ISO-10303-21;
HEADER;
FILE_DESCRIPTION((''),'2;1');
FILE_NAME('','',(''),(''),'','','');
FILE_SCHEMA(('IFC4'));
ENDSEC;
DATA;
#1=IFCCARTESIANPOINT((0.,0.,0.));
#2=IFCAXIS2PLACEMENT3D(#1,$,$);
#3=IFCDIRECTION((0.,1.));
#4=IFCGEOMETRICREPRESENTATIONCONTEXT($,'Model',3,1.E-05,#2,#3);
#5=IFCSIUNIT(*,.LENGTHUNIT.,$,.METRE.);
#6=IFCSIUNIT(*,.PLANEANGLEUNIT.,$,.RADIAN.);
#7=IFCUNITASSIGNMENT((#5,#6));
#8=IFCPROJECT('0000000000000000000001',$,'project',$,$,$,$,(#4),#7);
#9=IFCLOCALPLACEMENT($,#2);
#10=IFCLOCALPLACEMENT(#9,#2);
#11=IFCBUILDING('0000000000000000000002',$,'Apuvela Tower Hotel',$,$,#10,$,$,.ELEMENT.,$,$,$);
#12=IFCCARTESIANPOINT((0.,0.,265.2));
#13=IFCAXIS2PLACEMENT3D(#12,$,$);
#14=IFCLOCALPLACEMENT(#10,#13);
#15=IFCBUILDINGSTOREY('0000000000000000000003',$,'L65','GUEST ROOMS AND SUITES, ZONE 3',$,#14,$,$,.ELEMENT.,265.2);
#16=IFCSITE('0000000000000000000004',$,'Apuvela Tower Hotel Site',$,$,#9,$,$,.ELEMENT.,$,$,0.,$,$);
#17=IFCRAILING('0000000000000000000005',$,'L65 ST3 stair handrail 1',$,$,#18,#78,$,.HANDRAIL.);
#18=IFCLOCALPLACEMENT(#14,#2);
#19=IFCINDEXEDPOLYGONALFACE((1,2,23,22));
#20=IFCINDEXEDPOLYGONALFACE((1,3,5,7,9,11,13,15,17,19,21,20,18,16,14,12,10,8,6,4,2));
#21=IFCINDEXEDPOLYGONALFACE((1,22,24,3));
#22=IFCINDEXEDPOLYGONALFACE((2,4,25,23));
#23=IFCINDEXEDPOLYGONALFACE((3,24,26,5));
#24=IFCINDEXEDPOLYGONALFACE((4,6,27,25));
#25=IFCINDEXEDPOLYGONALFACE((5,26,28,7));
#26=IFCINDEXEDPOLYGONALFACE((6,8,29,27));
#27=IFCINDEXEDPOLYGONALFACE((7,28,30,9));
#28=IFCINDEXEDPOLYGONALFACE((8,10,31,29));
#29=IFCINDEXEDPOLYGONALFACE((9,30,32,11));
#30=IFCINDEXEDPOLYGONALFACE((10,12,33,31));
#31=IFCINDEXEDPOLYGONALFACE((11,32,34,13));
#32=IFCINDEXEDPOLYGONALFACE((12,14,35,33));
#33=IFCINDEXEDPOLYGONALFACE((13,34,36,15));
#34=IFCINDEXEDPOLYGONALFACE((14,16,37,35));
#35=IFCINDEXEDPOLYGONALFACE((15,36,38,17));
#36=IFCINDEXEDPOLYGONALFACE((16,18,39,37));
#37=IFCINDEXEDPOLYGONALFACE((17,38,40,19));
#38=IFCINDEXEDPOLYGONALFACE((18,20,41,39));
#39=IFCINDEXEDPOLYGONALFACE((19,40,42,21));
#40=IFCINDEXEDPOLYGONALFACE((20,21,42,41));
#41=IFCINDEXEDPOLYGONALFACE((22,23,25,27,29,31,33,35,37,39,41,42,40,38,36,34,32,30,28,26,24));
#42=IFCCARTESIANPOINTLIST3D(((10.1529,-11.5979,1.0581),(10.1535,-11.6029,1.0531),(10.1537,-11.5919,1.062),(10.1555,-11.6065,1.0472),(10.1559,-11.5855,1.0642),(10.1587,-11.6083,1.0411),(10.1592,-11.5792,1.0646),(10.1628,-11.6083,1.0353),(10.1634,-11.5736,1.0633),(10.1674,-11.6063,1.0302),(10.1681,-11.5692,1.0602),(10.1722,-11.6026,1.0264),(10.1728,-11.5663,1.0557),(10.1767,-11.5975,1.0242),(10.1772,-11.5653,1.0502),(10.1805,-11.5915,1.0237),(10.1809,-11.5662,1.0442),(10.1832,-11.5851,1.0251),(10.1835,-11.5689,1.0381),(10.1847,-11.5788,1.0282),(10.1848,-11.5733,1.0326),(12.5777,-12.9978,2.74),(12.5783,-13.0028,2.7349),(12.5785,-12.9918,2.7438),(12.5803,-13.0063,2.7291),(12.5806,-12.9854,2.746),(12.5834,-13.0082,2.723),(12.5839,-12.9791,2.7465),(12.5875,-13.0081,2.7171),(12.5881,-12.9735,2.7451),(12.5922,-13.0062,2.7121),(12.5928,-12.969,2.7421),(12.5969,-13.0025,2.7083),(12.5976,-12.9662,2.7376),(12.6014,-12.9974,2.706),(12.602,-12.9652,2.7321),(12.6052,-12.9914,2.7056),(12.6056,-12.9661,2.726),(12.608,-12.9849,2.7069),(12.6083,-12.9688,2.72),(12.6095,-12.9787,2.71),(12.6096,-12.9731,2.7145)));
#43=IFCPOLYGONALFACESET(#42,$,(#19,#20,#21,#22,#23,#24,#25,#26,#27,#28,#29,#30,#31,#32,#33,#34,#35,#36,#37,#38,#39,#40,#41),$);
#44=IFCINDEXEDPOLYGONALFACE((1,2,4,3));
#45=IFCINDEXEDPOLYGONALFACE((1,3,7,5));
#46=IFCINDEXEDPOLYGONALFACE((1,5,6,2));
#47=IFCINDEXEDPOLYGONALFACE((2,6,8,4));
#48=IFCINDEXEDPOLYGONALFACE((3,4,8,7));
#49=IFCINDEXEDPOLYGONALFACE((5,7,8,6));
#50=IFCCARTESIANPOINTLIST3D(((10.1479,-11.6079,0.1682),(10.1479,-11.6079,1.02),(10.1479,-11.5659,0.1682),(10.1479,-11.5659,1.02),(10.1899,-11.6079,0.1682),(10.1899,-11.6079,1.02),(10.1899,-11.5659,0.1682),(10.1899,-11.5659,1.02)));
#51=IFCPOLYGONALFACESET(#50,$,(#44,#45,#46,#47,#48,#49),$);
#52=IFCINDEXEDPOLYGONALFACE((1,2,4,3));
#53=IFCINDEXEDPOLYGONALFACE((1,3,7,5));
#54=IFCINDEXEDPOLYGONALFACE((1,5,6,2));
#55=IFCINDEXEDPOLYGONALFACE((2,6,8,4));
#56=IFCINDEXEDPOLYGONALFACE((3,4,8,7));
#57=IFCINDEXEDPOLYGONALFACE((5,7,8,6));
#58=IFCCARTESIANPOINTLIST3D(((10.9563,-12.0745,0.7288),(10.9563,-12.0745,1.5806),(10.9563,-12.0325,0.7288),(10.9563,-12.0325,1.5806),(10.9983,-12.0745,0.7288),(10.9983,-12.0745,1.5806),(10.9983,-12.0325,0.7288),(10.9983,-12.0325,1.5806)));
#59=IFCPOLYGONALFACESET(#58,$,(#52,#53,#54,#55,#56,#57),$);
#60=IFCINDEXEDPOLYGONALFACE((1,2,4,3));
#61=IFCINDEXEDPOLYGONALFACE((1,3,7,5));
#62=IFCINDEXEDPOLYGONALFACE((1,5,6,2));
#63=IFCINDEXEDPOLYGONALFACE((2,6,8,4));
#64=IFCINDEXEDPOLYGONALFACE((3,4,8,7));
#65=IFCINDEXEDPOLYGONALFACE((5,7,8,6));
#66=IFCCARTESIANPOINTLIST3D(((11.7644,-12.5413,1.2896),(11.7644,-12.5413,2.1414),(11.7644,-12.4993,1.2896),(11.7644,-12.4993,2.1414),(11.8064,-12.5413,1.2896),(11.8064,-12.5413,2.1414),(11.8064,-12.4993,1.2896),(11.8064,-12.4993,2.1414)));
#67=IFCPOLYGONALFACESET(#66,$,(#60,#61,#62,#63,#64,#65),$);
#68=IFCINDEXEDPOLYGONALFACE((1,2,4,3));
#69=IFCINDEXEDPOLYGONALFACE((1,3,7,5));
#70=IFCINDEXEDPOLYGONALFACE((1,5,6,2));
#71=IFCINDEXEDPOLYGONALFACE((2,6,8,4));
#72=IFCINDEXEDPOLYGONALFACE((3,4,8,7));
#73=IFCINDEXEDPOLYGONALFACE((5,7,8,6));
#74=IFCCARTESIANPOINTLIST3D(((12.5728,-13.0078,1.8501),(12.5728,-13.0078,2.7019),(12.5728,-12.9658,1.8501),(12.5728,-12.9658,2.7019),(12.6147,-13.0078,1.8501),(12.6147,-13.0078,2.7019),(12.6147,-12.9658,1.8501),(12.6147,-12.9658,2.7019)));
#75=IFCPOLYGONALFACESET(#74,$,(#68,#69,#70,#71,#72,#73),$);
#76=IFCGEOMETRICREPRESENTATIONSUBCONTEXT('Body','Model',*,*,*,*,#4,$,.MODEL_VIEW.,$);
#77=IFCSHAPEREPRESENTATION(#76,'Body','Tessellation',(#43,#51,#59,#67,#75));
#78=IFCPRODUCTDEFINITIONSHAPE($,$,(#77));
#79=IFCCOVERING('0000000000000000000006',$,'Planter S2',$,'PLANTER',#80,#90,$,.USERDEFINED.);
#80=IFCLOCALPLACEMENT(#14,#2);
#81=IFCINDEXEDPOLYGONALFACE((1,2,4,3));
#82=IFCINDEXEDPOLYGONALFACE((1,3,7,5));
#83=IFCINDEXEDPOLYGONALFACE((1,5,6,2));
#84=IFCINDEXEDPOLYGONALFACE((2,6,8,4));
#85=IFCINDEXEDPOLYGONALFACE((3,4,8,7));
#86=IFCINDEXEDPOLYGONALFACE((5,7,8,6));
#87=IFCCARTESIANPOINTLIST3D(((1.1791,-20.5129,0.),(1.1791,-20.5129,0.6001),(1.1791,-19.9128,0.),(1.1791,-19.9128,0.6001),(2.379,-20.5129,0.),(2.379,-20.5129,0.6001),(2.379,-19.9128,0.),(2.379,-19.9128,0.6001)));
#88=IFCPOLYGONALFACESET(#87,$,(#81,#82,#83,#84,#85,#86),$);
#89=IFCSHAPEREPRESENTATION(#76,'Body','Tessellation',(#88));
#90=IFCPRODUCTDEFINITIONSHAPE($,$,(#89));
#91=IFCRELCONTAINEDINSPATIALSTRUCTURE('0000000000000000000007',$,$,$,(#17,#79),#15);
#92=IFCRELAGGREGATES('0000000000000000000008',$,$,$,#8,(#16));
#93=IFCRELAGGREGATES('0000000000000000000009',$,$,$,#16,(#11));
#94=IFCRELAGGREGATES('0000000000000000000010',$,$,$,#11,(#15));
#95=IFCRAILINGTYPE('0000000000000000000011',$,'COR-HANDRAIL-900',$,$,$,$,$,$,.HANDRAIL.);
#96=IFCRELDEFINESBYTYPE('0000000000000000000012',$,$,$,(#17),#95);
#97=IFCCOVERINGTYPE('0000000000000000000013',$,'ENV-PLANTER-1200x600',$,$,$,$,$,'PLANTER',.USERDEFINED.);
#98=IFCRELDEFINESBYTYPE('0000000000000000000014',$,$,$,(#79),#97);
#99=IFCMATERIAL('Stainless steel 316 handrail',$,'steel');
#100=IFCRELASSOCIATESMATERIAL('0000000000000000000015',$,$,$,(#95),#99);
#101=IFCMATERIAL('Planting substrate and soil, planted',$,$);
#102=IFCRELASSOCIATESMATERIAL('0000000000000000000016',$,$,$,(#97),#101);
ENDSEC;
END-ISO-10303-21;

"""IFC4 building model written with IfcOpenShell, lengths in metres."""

from ifc_helpers import new_model, si_unit, direction, frame, origin, origin_2d, place, context, subcontext, project, spatial, rectangle, circle, extrude, material, type_object, element, save


model = new_model("IFC4")

# Units and contexts
model_context = context("Model", 3, precision=1e-05, world=origin(), true_north=direction((0.0, 1.0)))
body_context = subcontext(model_context, "Body", "Model", "MODEL_VIEW")
ifc_project = project(units=[si_unit("LENGTHUNIT", "METRE"), si_unit("PLANEANGLEUNIT", "RADIAN")], contexts=[model_context])

# Site, building, storey
site_placement = place(None, origin())
site = spatial("IfcSite", under=ifc_project, at=site_placement, Name="Apuvela Tower Hotel Site", CompositionType="ELEMENT", RefElevation=0.0)
building_placement = place(site_placement, origin())
building = spatial("IfcBuilding", under=site, at=building_placement, Name="Apuvela Tower Hotel", CompositionType="ELEMENT")
storey_placement = place(building_placement, frame((0.0, 0.0, 265.2)))
storey = spatial("IfcBuildingStorey", under=building, at=storey_placement, Name="L65", Description="GUEST ROOMS AND SUITES, ZONE 3", CompositionType="ELEMENT", Elevation=265.2)

# Railing
ifc_material_1 = material(Name="Stainless steel 316 handrail", Category="steel")
railing_type_1 = type_object("IfcRailingType", Name="COR-HANDRAIL-900", PredefinedType="HANDRAIL", material=ifc_material_1)
railing_1_placement = place(storey_placement, frame((10.1689, -11.5869, 0.1682)))
element("IfcRailing", 1, at=railing_1_placement, inside=storey, type_object=railing_type_1, Name="L65 ST3 stair handrail 1", PredefinedType="HANDRAIL", context=body_context, shape_type="SweptSolid", body=[
    extrude(circle(Radius=0.0239, at=origin_2d()), frame((0.0, 0.0, 0.876), z_axis=(0.74239, -0.428601, 0.514934), x_axis=(0.499984, 0.866035, 0.0)), (0.0, 0.0, 1.0), 3.2661),
    extrude(rectangle(XDim=0.042, YDim=0.042, at=origin_2d()), origin(), (0.0, 0.0, 1.0), 0.8518),
    extrude(rectangle(XDim=0.042, YDim=0.042, at=origin_2d()), frame((0.8083, -0.4666, 0.5605)), (0.0, 0.0, 1.0), 0.8518),
    extrude(rectangle(XDim=0.042, YDim=0.042, at=origin_2d()), frame((1.6165, -0.9333, 1.1213)), (0.0, 0.0, 1.0), 0.8518),
    extrude(rectangle(XDim=0.042, YDim=0.042, at=origin_2d()), frame((2.4248, -1.3999, 1.6819)), (0.0, 0.0, 1.0), 0.8518),
])

# Covering
ifc_material_2 = material(Name="Planting substrate and soil, planted")
covering_type = type_object("IfcCoveringType", Name="ENV-PLANTER-1200x600", ElementType="PLANTER", PredefinedType="USERDEFINED", material=ifc_material_2)
covering_placement = place(storey_placement, frame((1.7791, -20.2129, 0.0), z_axis=(0.0, 0.0, 1.0), x_axis=(1.0, 0.0, 0.0)))
element("IfcCovering", 2, at=covering_placement, inside=storey, type_object=covering_type, Name="Planter S2", ObjectType="PLANTER", PredefinedType="USERDEFINED", context=body_context, shape_type="SweptSolid", body=[
    extrude(rectangle(XDim=1.2, YDim=0.6001, at=origin_2d()), origin(), (0.0, 0.0, 1.0), 0.6001),
])

save(model, "model.ifc")
